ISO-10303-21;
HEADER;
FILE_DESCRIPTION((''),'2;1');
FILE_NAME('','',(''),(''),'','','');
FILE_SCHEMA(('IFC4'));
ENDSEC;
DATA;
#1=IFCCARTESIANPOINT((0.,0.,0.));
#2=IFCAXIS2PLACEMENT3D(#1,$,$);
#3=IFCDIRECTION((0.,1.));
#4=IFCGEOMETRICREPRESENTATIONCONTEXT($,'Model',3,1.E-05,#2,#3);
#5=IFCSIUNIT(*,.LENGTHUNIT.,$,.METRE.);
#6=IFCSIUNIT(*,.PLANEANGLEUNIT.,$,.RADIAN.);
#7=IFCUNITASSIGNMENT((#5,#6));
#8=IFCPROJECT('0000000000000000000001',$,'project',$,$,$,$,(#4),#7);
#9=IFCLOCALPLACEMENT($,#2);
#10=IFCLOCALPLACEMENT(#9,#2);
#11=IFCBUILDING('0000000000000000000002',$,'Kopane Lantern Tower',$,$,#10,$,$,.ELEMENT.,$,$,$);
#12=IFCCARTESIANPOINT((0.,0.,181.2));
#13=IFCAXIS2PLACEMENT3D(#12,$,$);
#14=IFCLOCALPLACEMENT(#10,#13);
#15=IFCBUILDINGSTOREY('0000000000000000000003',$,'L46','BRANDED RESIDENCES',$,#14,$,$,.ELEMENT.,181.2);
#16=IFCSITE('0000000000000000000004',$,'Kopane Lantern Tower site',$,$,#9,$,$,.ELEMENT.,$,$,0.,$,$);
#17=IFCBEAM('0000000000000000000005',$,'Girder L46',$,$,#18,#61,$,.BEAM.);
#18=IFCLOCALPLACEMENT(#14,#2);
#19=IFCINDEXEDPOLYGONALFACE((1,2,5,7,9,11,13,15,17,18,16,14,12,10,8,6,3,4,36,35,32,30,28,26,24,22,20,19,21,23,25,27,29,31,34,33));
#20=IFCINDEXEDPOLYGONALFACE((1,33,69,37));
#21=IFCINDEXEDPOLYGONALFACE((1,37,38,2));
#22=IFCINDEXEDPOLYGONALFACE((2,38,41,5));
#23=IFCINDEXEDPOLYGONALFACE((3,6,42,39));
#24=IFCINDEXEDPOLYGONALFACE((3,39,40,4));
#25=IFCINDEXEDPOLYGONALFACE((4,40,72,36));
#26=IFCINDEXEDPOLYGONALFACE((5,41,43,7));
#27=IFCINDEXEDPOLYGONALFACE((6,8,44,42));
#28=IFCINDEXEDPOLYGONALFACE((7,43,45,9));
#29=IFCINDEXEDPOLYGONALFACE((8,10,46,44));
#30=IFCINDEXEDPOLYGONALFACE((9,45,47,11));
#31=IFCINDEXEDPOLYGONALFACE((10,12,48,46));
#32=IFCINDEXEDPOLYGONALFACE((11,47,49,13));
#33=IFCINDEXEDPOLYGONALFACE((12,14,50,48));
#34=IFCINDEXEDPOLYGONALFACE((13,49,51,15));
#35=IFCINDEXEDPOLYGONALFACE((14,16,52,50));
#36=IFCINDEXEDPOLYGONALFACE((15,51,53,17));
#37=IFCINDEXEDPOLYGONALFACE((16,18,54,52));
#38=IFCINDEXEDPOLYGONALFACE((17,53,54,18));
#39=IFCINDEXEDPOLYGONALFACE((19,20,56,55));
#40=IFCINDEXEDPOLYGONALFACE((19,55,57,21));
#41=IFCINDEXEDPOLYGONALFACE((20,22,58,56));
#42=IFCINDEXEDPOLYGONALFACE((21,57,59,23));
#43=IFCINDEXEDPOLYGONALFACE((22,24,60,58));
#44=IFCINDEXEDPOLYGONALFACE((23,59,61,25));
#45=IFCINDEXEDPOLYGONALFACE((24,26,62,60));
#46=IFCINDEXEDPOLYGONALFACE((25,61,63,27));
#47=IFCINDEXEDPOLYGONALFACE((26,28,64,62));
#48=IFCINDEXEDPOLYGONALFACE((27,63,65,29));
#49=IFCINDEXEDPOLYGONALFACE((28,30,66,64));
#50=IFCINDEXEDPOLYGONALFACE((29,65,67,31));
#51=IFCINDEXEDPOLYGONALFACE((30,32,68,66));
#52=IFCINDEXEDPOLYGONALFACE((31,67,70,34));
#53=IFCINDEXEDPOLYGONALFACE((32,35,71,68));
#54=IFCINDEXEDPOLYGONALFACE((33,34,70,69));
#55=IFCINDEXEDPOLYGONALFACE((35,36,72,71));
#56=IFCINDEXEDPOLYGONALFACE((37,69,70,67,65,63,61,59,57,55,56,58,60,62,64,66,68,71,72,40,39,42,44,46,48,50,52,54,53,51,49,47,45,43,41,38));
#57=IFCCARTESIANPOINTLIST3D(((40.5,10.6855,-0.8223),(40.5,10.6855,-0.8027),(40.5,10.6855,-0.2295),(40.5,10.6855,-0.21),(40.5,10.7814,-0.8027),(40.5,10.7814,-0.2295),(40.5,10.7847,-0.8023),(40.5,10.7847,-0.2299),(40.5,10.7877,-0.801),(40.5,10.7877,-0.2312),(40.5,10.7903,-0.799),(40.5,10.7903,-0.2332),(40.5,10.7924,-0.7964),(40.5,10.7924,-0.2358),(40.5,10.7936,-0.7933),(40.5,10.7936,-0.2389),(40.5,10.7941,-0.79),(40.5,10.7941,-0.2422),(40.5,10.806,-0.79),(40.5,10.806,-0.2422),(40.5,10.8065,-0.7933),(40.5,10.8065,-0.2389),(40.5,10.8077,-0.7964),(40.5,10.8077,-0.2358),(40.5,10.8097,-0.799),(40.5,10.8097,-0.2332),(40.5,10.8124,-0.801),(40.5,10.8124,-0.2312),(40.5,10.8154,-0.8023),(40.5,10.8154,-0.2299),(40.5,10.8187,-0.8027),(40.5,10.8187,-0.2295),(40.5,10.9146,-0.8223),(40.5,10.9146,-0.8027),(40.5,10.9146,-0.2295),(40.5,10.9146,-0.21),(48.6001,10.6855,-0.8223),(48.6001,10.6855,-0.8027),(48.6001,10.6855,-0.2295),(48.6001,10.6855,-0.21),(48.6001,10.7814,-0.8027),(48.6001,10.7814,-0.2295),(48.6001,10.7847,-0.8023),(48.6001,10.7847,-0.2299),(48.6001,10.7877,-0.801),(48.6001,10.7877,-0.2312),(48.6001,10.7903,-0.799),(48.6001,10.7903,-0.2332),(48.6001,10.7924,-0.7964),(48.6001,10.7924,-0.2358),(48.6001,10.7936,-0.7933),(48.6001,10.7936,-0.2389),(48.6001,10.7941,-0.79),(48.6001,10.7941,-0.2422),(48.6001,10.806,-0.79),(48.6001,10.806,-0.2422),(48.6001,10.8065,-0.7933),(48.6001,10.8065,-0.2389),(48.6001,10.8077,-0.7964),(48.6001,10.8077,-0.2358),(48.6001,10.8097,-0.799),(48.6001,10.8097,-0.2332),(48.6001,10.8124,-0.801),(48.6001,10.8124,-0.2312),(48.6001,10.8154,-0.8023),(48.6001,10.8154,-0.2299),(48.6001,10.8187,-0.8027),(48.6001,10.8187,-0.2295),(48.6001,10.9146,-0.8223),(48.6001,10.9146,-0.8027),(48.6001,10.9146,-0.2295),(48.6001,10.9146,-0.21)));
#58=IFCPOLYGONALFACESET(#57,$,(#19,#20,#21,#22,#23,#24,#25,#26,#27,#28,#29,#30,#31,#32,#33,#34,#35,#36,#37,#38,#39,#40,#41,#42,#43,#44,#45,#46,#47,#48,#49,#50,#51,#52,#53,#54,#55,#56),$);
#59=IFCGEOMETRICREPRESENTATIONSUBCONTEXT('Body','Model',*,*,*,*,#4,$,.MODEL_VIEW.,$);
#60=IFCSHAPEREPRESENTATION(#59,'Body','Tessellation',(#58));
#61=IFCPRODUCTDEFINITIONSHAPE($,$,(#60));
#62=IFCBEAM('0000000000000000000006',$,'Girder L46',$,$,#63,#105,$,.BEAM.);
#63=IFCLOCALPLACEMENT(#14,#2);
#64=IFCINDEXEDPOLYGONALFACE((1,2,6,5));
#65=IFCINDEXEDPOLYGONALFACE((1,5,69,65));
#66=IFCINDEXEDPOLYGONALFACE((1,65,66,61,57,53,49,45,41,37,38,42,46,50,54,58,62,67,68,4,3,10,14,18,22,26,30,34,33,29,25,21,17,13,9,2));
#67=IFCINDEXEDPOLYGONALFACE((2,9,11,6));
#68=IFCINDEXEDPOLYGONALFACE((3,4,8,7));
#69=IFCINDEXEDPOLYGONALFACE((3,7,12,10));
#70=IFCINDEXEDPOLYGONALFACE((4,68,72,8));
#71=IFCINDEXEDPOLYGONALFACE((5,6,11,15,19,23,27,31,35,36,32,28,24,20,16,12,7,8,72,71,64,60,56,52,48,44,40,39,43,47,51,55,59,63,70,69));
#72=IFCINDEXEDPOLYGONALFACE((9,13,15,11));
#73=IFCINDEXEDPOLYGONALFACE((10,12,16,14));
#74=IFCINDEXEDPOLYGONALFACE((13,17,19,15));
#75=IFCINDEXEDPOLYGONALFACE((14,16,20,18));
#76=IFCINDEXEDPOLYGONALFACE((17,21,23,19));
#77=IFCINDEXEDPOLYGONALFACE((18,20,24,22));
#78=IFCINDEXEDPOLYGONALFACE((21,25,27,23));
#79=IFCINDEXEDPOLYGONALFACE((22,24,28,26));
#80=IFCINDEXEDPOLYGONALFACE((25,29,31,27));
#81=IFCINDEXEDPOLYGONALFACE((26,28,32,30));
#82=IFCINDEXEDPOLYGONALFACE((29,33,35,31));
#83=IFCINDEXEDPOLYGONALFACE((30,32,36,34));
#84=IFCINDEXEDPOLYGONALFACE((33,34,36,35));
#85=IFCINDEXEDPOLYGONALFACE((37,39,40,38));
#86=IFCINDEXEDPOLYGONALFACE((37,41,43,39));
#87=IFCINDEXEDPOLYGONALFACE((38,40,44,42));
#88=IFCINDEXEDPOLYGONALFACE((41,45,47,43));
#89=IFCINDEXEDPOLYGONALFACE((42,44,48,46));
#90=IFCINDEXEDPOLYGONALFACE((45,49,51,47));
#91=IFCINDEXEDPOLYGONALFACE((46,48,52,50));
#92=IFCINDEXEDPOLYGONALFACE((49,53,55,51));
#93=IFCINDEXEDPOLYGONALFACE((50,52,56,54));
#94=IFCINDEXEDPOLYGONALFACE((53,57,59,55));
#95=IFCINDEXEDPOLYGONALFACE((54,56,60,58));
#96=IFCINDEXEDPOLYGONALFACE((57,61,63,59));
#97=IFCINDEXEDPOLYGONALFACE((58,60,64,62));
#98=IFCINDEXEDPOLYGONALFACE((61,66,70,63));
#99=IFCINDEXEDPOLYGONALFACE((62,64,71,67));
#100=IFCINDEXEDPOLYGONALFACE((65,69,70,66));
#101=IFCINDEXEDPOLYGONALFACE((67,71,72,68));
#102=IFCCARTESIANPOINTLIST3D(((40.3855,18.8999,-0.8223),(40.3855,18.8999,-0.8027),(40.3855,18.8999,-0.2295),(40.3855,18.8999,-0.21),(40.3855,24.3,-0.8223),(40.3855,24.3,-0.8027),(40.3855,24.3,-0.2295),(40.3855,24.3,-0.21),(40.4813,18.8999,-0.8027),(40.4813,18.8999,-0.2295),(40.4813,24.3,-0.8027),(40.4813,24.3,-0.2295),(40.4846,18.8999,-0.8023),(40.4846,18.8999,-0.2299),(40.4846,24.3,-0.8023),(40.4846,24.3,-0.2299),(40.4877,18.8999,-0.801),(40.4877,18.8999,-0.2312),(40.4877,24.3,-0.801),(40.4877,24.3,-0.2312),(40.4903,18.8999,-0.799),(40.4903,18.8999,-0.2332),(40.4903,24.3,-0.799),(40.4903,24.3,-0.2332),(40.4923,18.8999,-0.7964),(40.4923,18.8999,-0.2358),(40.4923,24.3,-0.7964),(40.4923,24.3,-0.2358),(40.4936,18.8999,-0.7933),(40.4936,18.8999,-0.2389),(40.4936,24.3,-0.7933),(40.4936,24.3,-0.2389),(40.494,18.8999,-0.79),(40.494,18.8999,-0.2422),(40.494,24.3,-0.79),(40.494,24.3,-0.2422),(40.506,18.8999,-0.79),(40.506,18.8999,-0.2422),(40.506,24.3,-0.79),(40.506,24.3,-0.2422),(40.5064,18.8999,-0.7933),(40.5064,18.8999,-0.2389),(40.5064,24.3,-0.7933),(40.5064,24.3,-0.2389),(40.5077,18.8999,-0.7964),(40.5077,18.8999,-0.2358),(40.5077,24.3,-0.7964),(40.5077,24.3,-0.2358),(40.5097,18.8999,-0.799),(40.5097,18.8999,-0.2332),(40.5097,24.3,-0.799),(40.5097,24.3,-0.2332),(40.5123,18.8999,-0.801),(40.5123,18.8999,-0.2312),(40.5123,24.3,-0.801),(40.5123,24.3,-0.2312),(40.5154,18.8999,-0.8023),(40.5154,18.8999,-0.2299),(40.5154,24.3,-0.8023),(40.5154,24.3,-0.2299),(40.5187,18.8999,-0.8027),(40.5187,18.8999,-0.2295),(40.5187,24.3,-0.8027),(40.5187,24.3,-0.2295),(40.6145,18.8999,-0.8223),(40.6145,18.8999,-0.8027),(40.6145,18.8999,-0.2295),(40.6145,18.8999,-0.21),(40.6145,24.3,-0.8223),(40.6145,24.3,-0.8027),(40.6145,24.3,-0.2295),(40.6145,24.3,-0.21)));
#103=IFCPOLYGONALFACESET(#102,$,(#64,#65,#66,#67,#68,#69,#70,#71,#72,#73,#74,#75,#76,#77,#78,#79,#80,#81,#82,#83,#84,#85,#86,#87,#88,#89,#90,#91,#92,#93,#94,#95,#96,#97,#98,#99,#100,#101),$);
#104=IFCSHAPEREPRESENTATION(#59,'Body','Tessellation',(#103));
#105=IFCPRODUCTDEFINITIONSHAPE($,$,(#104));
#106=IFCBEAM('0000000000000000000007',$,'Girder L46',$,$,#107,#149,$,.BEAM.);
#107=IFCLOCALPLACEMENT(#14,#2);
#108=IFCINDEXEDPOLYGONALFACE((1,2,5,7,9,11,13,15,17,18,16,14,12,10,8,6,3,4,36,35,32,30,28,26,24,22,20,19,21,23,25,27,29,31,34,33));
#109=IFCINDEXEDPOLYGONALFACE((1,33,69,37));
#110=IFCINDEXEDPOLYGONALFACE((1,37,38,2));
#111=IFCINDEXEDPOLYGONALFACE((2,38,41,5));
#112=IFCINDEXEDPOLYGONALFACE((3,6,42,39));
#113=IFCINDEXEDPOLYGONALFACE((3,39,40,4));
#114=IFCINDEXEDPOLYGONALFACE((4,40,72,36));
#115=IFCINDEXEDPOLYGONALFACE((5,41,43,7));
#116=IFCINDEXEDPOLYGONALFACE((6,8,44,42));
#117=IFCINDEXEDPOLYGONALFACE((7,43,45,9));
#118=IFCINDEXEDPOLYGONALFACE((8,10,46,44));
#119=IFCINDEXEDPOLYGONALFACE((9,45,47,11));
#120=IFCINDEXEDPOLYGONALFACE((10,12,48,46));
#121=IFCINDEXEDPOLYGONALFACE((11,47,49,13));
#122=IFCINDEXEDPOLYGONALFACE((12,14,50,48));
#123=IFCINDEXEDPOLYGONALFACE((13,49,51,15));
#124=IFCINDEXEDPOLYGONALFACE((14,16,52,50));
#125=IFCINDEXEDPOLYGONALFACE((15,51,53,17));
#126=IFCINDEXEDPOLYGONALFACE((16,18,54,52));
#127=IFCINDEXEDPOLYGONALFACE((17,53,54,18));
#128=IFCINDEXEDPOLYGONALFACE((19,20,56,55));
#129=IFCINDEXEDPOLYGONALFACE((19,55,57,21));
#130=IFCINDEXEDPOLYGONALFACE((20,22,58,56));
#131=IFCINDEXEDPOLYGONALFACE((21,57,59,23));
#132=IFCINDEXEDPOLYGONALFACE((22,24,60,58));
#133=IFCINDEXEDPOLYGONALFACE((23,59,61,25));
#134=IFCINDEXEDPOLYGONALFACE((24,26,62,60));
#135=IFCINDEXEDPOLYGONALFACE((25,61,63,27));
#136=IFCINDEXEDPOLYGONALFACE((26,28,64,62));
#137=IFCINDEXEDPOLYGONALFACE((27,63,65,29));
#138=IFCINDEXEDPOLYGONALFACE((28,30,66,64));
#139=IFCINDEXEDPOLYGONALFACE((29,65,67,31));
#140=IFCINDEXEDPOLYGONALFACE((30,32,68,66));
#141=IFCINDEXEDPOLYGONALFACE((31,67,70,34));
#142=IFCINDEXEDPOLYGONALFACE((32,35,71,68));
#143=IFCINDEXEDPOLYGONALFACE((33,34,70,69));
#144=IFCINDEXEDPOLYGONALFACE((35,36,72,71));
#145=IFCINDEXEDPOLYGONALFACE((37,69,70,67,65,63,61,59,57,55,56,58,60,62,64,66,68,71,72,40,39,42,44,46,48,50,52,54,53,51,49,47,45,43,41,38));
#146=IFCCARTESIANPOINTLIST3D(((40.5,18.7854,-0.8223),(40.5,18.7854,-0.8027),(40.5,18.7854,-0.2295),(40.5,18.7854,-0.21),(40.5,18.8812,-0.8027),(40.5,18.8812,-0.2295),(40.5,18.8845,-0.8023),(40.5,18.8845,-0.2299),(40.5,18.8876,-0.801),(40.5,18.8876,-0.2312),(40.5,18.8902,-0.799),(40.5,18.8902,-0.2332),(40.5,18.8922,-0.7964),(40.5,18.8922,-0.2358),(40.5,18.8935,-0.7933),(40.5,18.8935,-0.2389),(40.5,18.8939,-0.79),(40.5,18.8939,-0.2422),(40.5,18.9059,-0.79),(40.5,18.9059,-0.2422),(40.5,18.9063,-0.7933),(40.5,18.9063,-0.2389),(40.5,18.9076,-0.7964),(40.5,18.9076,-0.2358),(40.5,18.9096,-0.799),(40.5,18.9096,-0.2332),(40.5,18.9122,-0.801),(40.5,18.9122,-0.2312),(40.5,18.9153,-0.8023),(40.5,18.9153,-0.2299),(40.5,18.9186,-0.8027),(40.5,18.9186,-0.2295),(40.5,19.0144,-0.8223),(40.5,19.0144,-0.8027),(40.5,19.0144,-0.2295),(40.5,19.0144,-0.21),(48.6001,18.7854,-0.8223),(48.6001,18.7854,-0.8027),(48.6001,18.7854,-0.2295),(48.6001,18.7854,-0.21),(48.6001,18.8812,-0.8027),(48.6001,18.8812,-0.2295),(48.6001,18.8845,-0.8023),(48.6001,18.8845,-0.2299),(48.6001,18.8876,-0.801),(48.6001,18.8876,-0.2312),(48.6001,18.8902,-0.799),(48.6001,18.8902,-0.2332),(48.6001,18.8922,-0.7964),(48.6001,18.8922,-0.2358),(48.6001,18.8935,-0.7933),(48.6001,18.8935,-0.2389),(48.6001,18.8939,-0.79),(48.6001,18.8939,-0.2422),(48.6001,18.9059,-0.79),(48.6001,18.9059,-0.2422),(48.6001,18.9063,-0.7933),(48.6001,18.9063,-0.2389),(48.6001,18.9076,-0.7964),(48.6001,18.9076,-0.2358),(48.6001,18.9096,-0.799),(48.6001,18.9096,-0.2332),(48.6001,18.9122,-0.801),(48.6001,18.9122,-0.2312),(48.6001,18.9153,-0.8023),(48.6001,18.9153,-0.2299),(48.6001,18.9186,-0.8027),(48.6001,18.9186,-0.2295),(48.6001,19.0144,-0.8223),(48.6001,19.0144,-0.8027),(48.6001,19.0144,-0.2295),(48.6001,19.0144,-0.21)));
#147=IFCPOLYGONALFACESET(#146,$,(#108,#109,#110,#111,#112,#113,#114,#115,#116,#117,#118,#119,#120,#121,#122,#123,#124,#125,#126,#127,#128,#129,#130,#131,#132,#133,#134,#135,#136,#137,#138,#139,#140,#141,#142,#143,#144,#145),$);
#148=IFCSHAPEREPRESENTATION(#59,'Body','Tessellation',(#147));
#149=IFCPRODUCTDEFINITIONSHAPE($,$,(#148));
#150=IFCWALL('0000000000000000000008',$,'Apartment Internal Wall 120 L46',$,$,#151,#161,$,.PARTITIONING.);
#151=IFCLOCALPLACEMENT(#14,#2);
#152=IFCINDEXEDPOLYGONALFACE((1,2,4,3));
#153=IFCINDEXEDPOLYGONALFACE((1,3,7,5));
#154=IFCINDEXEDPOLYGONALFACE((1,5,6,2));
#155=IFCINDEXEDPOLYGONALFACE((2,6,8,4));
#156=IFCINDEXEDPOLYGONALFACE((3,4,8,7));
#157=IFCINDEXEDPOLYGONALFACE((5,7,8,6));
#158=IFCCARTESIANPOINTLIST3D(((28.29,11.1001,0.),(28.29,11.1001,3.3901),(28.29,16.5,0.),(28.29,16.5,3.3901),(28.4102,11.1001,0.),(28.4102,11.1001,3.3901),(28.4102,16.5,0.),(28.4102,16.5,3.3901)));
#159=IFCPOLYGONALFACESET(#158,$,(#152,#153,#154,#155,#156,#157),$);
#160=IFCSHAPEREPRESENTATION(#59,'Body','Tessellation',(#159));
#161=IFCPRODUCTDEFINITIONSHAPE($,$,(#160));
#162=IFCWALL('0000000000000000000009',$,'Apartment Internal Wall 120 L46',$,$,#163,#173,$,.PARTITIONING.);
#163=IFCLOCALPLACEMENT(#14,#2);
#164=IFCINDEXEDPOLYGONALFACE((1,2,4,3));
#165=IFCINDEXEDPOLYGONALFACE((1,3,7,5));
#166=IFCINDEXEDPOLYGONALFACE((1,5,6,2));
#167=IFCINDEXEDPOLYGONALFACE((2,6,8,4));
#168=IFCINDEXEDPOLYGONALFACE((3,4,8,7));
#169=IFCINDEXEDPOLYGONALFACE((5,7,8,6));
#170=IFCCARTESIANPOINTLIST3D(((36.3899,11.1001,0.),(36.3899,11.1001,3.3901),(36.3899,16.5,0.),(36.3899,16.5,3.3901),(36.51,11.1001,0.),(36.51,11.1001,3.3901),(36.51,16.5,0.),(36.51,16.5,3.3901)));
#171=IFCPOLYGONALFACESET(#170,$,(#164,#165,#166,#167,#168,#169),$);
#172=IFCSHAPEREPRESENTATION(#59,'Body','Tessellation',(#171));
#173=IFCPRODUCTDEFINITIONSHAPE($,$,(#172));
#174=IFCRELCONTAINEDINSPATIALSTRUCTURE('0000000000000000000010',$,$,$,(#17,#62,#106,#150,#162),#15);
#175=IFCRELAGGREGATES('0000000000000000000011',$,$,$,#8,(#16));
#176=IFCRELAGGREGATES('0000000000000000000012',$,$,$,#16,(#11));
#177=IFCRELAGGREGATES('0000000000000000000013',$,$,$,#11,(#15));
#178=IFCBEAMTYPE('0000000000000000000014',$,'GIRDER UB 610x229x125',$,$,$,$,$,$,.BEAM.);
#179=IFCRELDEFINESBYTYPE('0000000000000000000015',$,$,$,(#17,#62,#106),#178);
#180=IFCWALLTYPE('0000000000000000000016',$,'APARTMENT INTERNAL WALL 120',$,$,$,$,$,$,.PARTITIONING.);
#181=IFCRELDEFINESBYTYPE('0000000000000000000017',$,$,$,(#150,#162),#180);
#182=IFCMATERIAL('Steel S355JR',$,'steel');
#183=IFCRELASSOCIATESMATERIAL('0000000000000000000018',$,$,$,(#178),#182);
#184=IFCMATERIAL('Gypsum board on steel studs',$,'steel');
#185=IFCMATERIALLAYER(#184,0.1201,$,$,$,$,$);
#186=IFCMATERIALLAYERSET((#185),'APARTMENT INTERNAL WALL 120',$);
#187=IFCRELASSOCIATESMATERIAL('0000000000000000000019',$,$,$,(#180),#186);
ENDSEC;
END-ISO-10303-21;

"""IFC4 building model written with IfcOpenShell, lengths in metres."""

from ifc_helpers import new_model, si_unit, direction, frame, frame_2d, origin, origin_2d, place, context, subcontext, project, spatial, rectangle, i_section, extrude, material, layer, layer_set, material_profile, profile_set, type_object, element, save


model = new_model("IFC4")

# Units and contexts
model_context = context("Model", 3, precision=1e-05, world=origin(), true_north=direction((0.0, 1.0)))
body_context = subcontext(model_context, "Body", "Model", "MODEL_VIEW")
ifc_project = project(units=[si_unit("LENGTHUNIT", "METRE"), si_unit("PLANEANGLEUNIT", "RADIAN")], contexts=[model_context])

# Site, building, storey
site_placement = place(None, origin())
site = spatial("IfcSite", under=ifc_project, at=site_placement, Name="Kopane Lantern Tower site", CompositionType="ELEMENT", RefElevation=0.0)
building_placement = place(site_placement, origin())
building = spatial("IfcBuilding", under=site, at=building_placement, Name="Kopane Lantern Tower", CompositionType="ELEMENT")
storey_placement = place(building_placement, frame((0.0, 0.0, 181.2)))
storey = spatial("IfcBuildingStorey", under=building, at=storey_placement, Name="L46", Description="BRANDED RESIDENCES", CompositionType="ELEMENT", Elevation=181.2)

# Beams
ifc_material_1 = material(Name="Steel S355JR", Category="steel")
ifc_material_profile_1 = material_profile(ifc_material_1, i_section(OverallWidth=0.229, OverallDepth=0.6123, WebThickness=0.012, FlangeThickness=0.0195, FilletRadius=0.0127, at=origin_2d()), Name="UB 610x229x125")
ifc_profile_set_1 = profile_set([ifc_material_profile_1], Name="Steel S355JR")
beam_type = type_object("IfcBeamType", Name="GIRDER UB 610x229x125", PredefinedType="BEAM", material=ifc_profile_set_1)
beam_1_placement = place(storey_placement, frame((40.5, 10.8, -0.5161), z_axis=(1.0, 0.0, 0.0), x_axis=(0.0, 1.0, 0.0)))
element("IfcBeam", 1, at=beam_1_placement, inside=storey, type_object=beam_type, Name="Girder L46", PredefinedType="BEAM", context=body_context, shape_type="SweptSolid", body=[
    extrude(i_section(OverallWidth=0.229, OverallDepth=0.6123, WebThickness=0.012, FlangeThickness=0.0195, FilletRadius=0.0127, at=origin_2d()), origin(), (0.0, 0.0, 1.0), 8.1001),
])
beam_2_placement = place(storey_placement, frame((40.5, 18.8999, -0.5161), z_axis=(0.0, 1.0, 0.0), x_axis=(-1.0, 0.0, 0.0)))
element("IfcBeam", 2, at=beam_2_placement, inside=storey, type_object=beam_type, Name="Girder L46", PredefinedType="BEAM", context=body_context, shape_type="SweptSolid", body=[
    extrude(i_section(OverallWidth=0.229, OverallDepth=0.6123, WebThickness=0.012, FlangeThickness=0.0195, FilletRadius=0.0127, at=origin_2d()), origin(), (0.0, 0.0, 1.0), 5.4001),
])
beam_3_placement = place(storey_placement, frame((40.5, 18.8999, -0.5161), z_axis=(1.0, 0.0, 0.0), x_axis=(0.0, 1.0, 0.0)))
element("IfcBeam", 3, at=beam_3_placement, inside=storey, type_object=beam_type, Name="Girder L46", PredefinedType="BEAM", context=body_context, shape_type="SweptSolid", body=[
    extrude(i_section(OverallWidth=0.229, OverallDepth=0.6123, WebThickness=0.012, FlangeThickness=0.0195, FilletRadius=0.0127, at=origin_2d()), origin(), (0.0, 0.0, 1.0), 8.1001),
])

# Walls
ifc_material_2 = material(Name="Gypsum board on steel studs", Category="steel")
ifc_layer_1 = layer(ifc_material_2, 0.1201)
ifc_layer_set_1 = layer_set([ifc_layer_1], Name="APARTMENT INTERNAL WALL 120")
wall_type_1 = type_object("IfcWallType", Name="APARTMENT INTERNAL WALL 120", PredefinedType="PARTITIONING", material=ifc_layer_set_1)
for number, where, z_axis, x_axis, name in (
    (4, (28.3501, 16.5, 0.0), (0.0, 0.0, 1.0), (0.0, -1.0, 0.0), "Apartment Internal Wall 120 L46"),
    (5, (36.45, 16.5, 0.0), (0.0, 0.0, 1.0), (0.0, -1.0, 0.0), "Apartment Internal Wall 120 L46"),
):
    element("IfcWall", number, at=place(storey_placement, frame(where, z_axis=z_axis, x_axis=x_axis)), inside=storey, type_object=wall_type_1, Name=name, PredefinedType="PARTITIONING", context=body_context, shape_type="SweptSolid", body=[
        extrude(rectangle(XDim=5.3999, YDim=0.1201, at=frame_2d((2.7, 0.0))), origin(), (0.0, 0.0, 1.0), 3.3901),
    ])

save(model, "model.ifc")
